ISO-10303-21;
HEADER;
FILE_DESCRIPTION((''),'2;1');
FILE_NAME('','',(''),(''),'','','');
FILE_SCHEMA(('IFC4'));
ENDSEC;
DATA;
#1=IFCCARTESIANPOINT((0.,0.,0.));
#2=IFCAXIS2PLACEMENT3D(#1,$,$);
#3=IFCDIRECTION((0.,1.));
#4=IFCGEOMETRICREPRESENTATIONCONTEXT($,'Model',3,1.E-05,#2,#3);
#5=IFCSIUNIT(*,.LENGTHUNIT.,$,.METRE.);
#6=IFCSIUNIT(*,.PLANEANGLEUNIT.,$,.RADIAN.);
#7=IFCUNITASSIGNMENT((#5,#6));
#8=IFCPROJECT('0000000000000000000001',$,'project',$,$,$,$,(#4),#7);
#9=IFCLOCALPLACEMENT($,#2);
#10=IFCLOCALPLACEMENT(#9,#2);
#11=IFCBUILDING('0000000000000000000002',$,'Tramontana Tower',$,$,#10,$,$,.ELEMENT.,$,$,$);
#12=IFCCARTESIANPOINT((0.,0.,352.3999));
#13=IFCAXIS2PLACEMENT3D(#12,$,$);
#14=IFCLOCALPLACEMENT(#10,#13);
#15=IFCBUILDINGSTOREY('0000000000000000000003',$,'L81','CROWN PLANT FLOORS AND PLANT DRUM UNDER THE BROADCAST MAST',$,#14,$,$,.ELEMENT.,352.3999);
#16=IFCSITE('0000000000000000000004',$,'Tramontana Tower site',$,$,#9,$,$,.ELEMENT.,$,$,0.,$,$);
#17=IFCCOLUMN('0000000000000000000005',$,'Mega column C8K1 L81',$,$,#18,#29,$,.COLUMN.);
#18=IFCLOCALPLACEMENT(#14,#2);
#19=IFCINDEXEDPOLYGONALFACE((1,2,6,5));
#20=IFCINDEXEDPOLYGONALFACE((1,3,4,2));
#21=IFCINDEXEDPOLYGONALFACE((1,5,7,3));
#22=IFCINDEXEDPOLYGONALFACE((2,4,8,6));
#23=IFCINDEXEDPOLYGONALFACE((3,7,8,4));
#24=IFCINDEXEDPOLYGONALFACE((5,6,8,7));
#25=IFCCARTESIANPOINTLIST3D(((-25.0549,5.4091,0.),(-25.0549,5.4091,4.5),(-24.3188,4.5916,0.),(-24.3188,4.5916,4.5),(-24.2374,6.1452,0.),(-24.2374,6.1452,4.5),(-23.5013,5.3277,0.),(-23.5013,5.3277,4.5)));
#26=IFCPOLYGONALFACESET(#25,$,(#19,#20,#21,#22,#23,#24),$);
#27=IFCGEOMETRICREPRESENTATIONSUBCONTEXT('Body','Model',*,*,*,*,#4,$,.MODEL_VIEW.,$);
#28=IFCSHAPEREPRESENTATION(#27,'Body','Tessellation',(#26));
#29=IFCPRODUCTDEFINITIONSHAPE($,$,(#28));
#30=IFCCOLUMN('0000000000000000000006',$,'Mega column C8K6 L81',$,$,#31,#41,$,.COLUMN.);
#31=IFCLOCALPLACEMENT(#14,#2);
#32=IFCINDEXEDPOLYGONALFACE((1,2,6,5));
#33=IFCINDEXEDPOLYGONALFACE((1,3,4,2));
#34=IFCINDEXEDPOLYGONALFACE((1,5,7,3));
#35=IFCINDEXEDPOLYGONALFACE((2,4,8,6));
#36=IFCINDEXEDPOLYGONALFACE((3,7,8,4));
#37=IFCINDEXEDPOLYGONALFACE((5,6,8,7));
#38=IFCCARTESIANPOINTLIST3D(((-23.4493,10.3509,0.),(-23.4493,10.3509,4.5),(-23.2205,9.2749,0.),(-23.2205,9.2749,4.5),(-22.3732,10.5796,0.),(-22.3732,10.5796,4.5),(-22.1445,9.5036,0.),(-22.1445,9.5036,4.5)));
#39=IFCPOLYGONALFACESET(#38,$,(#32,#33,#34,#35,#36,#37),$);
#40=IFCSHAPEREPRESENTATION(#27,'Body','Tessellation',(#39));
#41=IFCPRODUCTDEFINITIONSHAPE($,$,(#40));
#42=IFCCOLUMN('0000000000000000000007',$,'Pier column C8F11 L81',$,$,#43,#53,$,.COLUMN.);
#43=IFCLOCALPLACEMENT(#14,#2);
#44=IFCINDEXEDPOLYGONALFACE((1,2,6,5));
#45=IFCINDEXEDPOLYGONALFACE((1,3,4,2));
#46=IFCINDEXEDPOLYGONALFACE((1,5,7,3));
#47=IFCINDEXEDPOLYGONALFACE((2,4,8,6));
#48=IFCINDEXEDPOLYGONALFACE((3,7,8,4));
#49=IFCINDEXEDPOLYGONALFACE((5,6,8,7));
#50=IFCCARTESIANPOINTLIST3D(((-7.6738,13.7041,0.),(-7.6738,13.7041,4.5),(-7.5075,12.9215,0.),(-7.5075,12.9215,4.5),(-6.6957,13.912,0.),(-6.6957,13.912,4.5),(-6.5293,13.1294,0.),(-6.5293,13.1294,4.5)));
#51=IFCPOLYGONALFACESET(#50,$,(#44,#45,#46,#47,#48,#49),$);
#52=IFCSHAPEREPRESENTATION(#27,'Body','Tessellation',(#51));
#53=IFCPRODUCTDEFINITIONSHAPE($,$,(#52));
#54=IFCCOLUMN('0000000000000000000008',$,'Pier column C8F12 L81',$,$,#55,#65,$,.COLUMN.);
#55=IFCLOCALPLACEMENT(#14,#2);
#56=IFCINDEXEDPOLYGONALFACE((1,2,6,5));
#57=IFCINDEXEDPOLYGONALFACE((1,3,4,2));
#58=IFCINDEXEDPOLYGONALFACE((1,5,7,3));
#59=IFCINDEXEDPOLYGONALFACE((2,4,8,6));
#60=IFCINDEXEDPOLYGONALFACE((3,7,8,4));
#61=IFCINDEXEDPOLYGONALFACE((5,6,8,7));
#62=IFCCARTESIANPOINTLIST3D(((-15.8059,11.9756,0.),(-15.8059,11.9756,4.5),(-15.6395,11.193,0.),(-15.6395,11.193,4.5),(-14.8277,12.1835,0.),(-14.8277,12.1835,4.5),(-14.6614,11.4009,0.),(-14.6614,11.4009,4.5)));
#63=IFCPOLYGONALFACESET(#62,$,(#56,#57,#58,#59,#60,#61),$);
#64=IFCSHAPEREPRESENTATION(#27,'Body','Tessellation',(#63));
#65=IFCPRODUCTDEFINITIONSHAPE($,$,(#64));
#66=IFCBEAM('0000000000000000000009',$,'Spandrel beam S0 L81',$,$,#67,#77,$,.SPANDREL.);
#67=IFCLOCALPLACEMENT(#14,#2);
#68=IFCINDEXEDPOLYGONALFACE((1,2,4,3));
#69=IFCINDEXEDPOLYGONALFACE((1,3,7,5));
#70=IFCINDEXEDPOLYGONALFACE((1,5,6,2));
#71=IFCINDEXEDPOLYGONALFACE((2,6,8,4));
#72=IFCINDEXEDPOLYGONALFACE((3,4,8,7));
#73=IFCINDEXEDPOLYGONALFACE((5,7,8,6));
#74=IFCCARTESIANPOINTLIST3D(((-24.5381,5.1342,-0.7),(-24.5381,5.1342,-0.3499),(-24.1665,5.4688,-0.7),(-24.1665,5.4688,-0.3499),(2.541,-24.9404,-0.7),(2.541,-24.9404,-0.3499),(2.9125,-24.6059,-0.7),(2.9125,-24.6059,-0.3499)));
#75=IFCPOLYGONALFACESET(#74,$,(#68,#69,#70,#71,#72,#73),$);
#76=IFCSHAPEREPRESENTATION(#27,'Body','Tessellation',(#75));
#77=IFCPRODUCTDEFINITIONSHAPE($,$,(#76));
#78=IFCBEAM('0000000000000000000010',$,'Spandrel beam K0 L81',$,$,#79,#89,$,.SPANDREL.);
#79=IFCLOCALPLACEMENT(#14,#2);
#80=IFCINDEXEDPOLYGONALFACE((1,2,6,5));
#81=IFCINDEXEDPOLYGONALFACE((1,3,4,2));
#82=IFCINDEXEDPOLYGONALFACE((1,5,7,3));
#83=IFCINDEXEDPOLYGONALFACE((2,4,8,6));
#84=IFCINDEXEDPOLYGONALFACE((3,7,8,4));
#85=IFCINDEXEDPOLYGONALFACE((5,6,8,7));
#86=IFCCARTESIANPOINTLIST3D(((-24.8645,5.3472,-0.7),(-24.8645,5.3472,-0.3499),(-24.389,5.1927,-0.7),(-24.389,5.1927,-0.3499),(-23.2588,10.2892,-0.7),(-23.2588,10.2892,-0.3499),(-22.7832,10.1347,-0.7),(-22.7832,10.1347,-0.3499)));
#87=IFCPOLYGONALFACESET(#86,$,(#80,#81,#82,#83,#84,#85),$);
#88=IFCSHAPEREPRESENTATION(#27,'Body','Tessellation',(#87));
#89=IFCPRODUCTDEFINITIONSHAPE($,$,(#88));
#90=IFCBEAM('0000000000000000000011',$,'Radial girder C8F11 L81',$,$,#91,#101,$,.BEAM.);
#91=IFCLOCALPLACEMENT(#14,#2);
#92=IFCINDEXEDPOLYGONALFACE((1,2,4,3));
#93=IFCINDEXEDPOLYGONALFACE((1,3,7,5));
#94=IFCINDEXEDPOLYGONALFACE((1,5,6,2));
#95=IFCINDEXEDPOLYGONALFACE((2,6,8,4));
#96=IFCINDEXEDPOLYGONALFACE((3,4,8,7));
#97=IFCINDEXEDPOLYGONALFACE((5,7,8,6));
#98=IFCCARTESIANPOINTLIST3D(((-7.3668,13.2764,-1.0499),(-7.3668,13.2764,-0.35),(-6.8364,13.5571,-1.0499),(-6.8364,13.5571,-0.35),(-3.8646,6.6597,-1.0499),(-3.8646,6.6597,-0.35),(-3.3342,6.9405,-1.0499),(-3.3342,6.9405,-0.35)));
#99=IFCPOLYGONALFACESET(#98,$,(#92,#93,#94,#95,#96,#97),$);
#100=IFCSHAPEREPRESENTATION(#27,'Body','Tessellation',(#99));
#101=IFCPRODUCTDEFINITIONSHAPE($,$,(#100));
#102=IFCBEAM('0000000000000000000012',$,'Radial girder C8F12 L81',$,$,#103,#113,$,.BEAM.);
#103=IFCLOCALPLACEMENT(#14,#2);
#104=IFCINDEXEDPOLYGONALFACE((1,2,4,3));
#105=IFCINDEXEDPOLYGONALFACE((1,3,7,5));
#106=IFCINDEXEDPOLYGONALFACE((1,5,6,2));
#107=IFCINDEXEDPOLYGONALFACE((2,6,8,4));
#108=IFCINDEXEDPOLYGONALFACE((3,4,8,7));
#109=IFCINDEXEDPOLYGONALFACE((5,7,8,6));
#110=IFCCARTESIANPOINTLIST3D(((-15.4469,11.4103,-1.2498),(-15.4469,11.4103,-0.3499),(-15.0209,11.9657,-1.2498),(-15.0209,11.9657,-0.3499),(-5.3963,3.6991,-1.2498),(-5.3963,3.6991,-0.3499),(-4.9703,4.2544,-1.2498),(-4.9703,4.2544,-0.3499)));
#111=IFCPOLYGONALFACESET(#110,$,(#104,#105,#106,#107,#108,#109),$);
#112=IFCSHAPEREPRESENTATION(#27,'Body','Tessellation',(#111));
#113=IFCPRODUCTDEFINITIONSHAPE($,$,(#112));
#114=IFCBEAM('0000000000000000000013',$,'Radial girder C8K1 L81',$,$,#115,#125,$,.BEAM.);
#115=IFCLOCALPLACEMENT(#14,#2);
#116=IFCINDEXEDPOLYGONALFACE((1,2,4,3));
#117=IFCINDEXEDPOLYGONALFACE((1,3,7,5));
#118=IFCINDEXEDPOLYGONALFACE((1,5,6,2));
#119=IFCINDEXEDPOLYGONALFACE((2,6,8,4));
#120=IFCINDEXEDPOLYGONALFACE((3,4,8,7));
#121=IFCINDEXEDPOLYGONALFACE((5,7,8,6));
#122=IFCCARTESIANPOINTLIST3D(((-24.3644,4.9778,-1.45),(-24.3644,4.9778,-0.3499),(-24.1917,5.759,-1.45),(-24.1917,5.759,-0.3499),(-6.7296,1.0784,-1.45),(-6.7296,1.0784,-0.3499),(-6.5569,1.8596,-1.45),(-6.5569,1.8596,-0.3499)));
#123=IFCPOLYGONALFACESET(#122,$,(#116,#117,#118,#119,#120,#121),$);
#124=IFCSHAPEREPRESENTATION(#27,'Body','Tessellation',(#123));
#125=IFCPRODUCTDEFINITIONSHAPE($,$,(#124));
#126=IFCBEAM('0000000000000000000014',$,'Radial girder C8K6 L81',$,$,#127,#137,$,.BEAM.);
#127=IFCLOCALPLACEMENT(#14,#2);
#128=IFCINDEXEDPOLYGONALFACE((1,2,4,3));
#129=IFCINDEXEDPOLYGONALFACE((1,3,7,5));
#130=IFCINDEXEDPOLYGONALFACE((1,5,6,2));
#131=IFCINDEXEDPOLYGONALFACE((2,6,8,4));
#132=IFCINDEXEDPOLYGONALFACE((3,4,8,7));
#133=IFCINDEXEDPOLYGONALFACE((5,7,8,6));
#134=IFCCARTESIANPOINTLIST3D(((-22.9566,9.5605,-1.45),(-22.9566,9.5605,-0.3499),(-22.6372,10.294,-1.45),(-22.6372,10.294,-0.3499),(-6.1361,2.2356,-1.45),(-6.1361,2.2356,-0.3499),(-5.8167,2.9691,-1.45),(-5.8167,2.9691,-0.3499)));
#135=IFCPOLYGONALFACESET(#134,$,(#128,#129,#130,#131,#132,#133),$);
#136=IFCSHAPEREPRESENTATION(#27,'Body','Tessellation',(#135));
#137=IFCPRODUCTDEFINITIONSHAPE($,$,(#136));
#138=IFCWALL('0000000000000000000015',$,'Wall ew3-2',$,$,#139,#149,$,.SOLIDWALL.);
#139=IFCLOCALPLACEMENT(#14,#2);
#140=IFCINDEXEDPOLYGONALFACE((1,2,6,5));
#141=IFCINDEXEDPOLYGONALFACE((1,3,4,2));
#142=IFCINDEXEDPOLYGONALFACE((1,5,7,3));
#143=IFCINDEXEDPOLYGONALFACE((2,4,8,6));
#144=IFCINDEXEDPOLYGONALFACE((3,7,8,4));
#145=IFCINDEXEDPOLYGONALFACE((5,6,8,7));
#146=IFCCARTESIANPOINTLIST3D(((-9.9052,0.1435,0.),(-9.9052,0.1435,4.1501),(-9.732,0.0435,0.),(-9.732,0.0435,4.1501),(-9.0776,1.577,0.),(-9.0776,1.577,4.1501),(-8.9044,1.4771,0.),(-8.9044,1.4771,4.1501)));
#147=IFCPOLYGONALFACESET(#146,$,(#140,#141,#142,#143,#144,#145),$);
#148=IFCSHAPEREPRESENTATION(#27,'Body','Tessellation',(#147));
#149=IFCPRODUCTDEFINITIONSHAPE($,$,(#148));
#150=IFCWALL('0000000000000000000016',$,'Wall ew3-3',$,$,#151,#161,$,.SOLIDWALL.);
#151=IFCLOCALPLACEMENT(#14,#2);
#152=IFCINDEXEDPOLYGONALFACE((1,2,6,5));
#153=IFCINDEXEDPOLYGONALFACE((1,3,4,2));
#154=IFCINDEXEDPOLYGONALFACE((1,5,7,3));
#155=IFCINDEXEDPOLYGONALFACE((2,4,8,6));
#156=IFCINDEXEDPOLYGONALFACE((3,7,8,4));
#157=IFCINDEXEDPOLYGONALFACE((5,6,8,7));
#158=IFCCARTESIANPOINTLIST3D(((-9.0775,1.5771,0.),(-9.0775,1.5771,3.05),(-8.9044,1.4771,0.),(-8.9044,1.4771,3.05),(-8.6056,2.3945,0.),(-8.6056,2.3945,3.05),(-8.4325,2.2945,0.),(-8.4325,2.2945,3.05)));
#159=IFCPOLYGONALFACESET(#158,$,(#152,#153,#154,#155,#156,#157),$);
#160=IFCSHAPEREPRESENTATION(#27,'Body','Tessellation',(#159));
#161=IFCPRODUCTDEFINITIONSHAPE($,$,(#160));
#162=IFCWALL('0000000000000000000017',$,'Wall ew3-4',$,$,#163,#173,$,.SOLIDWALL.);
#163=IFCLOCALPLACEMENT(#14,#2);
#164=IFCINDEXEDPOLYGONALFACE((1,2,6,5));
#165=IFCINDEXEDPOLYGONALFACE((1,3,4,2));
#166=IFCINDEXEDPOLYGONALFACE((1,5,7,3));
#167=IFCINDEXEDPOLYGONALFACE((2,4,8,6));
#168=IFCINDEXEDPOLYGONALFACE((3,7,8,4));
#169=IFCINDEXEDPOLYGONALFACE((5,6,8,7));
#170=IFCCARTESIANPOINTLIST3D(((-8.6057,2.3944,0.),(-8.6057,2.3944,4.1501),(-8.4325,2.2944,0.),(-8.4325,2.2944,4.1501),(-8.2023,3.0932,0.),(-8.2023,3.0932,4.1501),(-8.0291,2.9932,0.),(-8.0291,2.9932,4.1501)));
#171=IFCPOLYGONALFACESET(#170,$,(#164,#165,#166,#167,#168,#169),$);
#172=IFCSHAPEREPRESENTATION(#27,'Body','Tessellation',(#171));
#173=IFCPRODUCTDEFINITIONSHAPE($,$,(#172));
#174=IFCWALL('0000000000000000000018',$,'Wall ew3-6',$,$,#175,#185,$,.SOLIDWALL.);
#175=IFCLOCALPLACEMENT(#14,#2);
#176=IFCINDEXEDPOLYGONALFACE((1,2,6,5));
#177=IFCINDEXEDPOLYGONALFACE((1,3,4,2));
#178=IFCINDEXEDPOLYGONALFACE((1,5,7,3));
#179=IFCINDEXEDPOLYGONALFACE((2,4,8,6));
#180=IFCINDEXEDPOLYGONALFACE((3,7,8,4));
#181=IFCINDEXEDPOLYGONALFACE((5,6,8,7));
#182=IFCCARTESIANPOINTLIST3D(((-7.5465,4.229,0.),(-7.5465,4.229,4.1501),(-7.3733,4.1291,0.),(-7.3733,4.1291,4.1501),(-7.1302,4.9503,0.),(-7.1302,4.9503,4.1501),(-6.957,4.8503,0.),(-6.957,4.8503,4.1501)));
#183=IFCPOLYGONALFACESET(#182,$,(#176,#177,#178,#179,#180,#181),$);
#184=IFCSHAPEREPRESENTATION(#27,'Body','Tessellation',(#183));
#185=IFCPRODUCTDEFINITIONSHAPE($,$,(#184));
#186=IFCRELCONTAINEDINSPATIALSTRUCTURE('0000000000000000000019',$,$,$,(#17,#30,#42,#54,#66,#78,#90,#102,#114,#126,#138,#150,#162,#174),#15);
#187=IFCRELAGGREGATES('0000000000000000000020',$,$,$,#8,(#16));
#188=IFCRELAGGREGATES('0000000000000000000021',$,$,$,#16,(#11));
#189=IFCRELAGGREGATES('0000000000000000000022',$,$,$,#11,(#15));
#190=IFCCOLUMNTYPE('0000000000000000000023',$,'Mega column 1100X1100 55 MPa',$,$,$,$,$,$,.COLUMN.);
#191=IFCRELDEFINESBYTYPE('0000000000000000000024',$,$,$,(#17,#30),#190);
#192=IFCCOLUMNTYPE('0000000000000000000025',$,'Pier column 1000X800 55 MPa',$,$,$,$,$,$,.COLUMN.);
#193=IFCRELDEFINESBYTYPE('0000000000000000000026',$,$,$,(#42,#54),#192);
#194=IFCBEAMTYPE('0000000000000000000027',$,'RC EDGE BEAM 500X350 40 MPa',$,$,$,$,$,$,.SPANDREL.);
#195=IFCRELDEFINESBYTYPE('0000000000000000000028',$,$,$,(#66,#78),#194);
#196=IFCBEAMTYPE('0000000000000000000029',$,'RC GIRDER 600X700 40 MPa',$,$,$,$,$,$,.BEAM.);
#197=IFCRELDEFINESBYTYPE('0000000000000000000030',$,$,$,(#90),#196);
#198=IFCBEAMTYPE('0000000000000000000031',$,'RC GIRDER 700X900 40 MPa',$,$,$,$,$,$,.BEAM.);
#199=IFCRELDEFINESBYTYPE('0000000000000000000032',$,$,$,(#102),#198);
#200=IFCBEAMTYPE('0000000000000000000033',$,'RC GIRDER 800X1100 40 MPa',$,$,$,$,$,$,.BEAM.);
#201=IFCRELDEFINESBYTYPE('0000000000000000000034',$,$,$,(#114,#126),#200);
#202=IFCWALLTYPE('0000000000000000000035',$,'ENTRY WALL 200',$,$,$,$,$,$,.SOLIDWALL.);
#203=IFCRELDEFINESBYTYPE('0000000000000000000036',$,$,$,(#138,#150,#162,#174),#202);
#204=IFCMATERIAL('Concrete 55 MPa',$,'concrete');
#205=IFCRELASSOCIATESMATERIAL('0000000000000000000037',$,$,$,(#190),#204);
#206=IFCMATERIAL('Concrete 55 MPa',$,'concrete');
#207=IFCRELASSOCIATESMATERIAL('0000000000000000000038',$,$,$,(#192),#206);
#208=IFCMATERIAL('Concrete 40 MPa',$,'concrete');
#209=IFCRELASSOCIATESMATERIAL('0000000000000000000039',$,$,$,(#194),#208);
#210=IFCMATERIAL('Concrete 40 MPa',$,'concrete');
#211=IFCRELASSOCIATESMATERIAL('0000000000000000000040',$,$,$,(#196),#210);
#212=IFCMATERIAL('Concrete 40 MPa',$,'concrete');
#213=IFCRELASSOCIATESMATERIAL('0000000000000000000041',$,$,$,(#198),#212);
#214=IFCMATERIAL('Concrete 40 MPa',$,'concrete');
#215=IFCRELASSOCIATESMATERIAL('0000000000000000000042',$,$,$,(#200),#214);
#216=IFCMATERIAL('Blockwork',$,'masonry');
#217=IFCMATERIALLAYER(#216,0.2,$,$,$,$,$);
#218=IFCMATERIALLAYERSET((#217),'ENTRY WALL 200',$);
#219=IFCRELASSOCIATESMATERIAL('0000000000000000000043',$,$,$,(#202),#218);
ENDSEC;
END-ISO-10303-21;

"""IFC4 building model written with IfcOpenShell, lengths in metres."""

from ifc_helpers import new_model, si_unit, direction, frame, frame_2d, origin, origin_2d, place, context, subcontext, project, spatial, rectangle, extrude, material, layer, layer_set, material_profile, profile_set, type_object, element, save


model = new_model("IFC4")

# Units and contexts
model_context = context("Model", 3, precision=1e-05, world=origin(), true_north=direction((0.0, 1.0)))
body_context = subcontext(model_context, "Body", "Model", "MODEL_VIEW")
ifc_project = project(units=[si_unit("LENGTHUNIT", "METRE"), si_unit("PLANEANGLEUNIT", "RADIAN")], contexts=[model_context])

# Site, building, storey
site_placement = place(None, origin())
site = spatial("IfcSite", under=ifc_project, at=site_placement, Name="Tramontana Tower site", CompositionType="ELEMENT", RefElevation=0.0)
building_placement = place(site_placement, origin())
building = spatial("IfcBuilding", under=site, at=building_placement, Name="Tramontana Tower", CompositionType="ELEMENT")
storey_placement = place(building_placement, frame((0.0, 0.0, 352.3999)))
storey = spatial("IfcBuildingStorey", under=building, at=storey_placement, Name="L81", Description="CROWN PLANT FLOORS AND PLANT DRUM UNDER THE BROADCAST MAST", CompositionType="ELEMENT", Elevation=352.3999)

# Columns
ifc_material_1 = material(Name="Concrete 55 MPa", Category="concrete")
ifc_material_profile_1 = material_profile(ifc_material_1, rectangle(XDim=1.1001, YDim=1.1001, at=origin_2d()), Name="Mega column 1100X1100 55 MPa")
ifc_profile_set_1 = profile_set([ifc_material_profile_1], Name="Concrete 55 MPa")
column_type_1 = type_object("IfcColumnType", Name="Mega column 1100X1100 55 MPa", PredefinedType="COLUMN", material=ifc_profile_set_1)
for number, where, z_axis, x_axis, name in (
    (1, (-24.2781, 5.3684, 0.0), (0.0, 0.0, 1.0), (0.669131, -0.743145, 0.0), "Mega column C8K1 L81"),
    (2, (-22.7969, 9.9272, 0.0), (0.0, 0.0, 1.0), (-0.978148, -0.207912, 0.0), "Mega column C8K6 L81"),
):
    element("IfcColumn", number, at=place(storey_placement, frame(where, z_axis=z_axis, x_axis=x_axis)), inside=storey, type_object=column_type_1, Name=name, PredefinedType="COLUMN", context=body_context, shape_type="SweptSolid", body=[
        extrude(rectangle(XDim=1.1001, YDim=1.1001, at=origin_2d()), origin(), (0.0, 0.0, 1.0), 4.5),
    ])
ifc_material_2 = material(Name="Concrete 55 MPa", Category="concrete")
ifc_material_profile_2 = material_profile(ifc_material_2, rectangle(XDim=1.0, YDim=0.8, at=origin_2d()), Name="Pier column 1000X800 55 MPa")
ifc_profile_set_2 = profile_set([ifc_material_profile_2], Name="Concrete 55 MPa")
column_type_2 = type_object("IfcColumnType", Name="Pier column 1000X800 55 MPa", PredefinedType="COLUMN", material=ifc_profile_set_2)
for number, where, z_axis, x_axis, name in (
    (3, (-7.1016, 13.4167, 0.0), (0.0, 0.0, 1.0), (-0.978148, -0.207912, 0.0), "Pier column C8F11 L81"),
    (4, (-15.2336, 11.6882, 0.0), (0.0, 0.0, 1.0), (-0.978148, -0.207912, 0.0), "Pier column C8F12 L81"),
):
    element("IfcColumn", number, at=place(storey_placement, frame(where, z_axis=z_axis, x_axis=x_axis)), inside=storey, type_object=column_type_2, Name=name, PredefinedType="COLUMN", context=body_context, shape_type="SweptSolid", body=[
        extrude(rectangle(XDim=1.0, YDim=0.8, at=origin_2d()), origin(), (0.0, 0.0, 1.0), 4.5),
    ])

# Beams
ifc_material_3 = material(Name="Concrete 40 MPa", Category="concrete")
ifc_material_profile_3 = material_profile(ifc_material_3, rectangle(XDim=0.5, YDim=0.3501, at=origin_2d()), Name="RC EDGE BEAM 500X350 40 MPa")
ifc_profile_set_3 = profile_set([ifc_material_profile_3], Name="Concrete 40 MPa")
beam_type_1 = type_object("IfcBeamType", Name="RC EDGE BEAM 500X350 40 MPa", PredefinedType="SPANDREL", material=ifc_profile_set_3)
beam_1_placement = place(storey_placement, frame((-24.3523, 5.3015, -0.5249), z_axis=(0.669127, -0.743148, 0.0), x_axis=(0.743148, 0.669127, 0.0)))
element("IfcBeam", 5, at=beam_1_placement, inside=storey, type_object=beam_type_1, Name="Spandrel beam S0 L81", PredefinedType="SPANDREL", context=body_context, shape_type="SweptSolid", body=[
    extrude(rectangle(XDim=0.5, YDim=0.3501, at=origin_2d()), origin(), (0.0, 0.0, 1.0), 40.4692),
])
beam_2_placement = place(storey_placement, frame((-23.021, 10.2119, -0.5249), z_axis=(-0.309016, -0.951057, 0.0), x_axis=(0.951057, -0.309016, 0.0)))
element("IfcBeam", 6, at=beam_2_placement, inside=storey, type_object=beam_type_1, Name="Spandrel beam K0 L81", PredefinedType="SPANDREL", context=body_context, shape_type="SweptSolid", body=[
    extrude(rectangle(XDim=0.5, YDim=0.3501, at=origin_2d()), origin(), (0.0, 0.0, 1.0), 5.1963),
])
ifc_material_4 = material(Name="Concrete 40 MPa", Category="concrete")
ifc_material_profile_4 = material_profile(ifc_material_4, rectangle(XDim=0.6001, YDim=0.7, at=origin_2d()), Name="RC GIRDER 600X700 40 MPa")
ifc_profile_set_4 = profile_set([ifc_material_profile_4], Name="Concrete 40 MPa")
beam_type_2 = type_object("IfcBeamType", Name="RC GIRDER 600X700 40 MPa", PredefinedType="BEAM", material=ifc_profile_set_4)
beam_3_placement = place(storey_placement, frame((-7.1016, 13.4167, -0.7), z_axis=(0.467808, -0.88383, 0.0), x_axis=(0.88383, 0.467808, 0.0)))
element("IfcBeam", 7, at=beam_3_placement, inside=storey, type_object=beam_type_2, Name="Radial girder C8F11 L81", PredefinedType="BEAM", context=body_context, shape_type="SweptSolid", body=[
    extrude(rectangle(XDim=0.6001, YDim=0.7, at=origin_2d()), origin(), (0.0, 0.0, 1.0), 7.4863),
])
ifc_material_5 = material(Name="Concrete 40 MPa", Category="concrete")
ifc_material_profile_5 = material_profile(ifc_material_5, rectangle(XDim=0.7, YDim=0.8999, at=origin_2d()), Name="RC GIRDER 700X900 40 MPa")
ifc_profile_set_5 = profile_set([ifc_material_profile_5], Name="Concrete 40 MPa")
beam_type_3 = type_object("IfcBeamType", Name="RC GIRDER 700X900 40 MPa", PredefinedType="BEAM", material=ifc_profile_set_5)
beam_4_placement = place(storey_placement, frame((-15.2339, 11.688, -0.7998), z_axis=(0.793386, -0.608718, 0.0), x_axis=(0.608718, 0.793386, 0.0)))
element("IfcBeam", 8, at=beam_4_placement, inside=storey, type_object=beam_type_3, Name="Radial girder C8F12 L81", PredefinedType="BEAM", context=body_context, shape_type="SweptSolid", body=[
    extrude(rectangle(XDim=0.7, YDim=0.8999, at=origin_2d()), origin(), (0.0, 0.0, 1.0), 12.668),
])
ifc_material_6 = material(Name="Concrete 40 MPa", Category="concrete")
ifc_material_profile_6 = material_profile(ifc_material_6, rectangle(XDim=0.8, YDim=1.1001, at=origin_2d()), Name="RC GIRDER 800X1100 40 MPa")
ifc_profile_set_6 = profile_set([ifc_material_profile_6], Name="Concrete 40 MPa")
beam_type_4 = type_object("IfcBeamType", Name="RC GIRDER 800X1100 40 MPa", PredefinedType="BEAM", material=ifc_profile_set_6)
beam_5_placement = place(storey_placement, frame((-24.2781, 5.3684, -0.8999), z_axis=(0.976414, -0.215906, 0.0), x_axis=(0.215906, 0.976414, 0.0)))
element("IfcBeam", 9, at=beam_5_placement, inside=storey, type_object=beam_type_4, Name="Radial girder C8K1 L81", PredefinedType="BEAM", context=body_context, shape_type="SweptSolid", body=[
    extrude(rectangle(XDim=0.8, YDim=1.1001, at=origin_2d()), origin(), (0.0, 0.0, 1.0), 18.0608),
])
beam_6_placement = place(storey_placement, frame((-22.7969, 9.9272, -0.8999), z_axis=(0.916837, -0.399261, 0.0), x_axis=(0.399261, 0.916837, 0.0)))
element("IfcBeam", 10, at=beam_6_placement, inside=storey, type_object=beam_type_4, Name="Radial girder C8K6 L81", PredefinedType="BEAM", context=body_context, shape_type="SweptSolid", body=[
    extrude(rectangle(XDim=0.8, YDim=1.1001, at=origin_2d()), origin(), (0.0, 0.0, 1.0), 18.3462),
])

# Walls
ifc_material_7 = material(Name="Blockwork", Category="masonry")
ifc_layer_1 = layer(ifc_material_7, 0.2)
ifc_layer_set_1 = layer_set([ifc_layer_1], Name="ENTRY WALL 200")
wall_type_1 = type_object("IfcWallType", Name="ENTRY WALL 200", PredefinedType="SOLIDWALL", material=ifc_layer_set_1)
wall_1_placement = place(storey_placement, frame((-9.8186, 0.0935, 0.0), z_axis=(0.0, 0.0, 1.0), x_axis=(0.499978, 0.866038, 0.0)))
element("IfcWall", 11, at=wall_1_placement, inside=storey, type_object=wall_type_1, Name="Wall ew3-2", PredefinedType="SOLIDWALL", context=body_context, shape_type="SweptSolid", body=[
    extrude(rectangle(XDim=1.6553, YDim=0.2, at=frame_2d((0.8276, 0.0))), origin(), (0.0, 0.0, 1.0), 4.1501),
])
wall_2_placement = place(storey_placement, frame((-8.991, 1.5271, 0.0), z_axis=(0.0, 0.0, 1.0), x_axis=(0.500006, 0.866022, 0.0)))
element("IfcWall", 12, at=wall_2_placement, inside=storey, type_object=wall_type_1, Name="Wall ew3-3", PredefinedType="SOLIDWALL", context=body_context, shape_type="SweptSolid", body=[
    extrude(rectangle(XDim=0.9438, YDim=0.2, at=frame_2d((0.4719, 0.0))), origin(), (0.0, 0.0, 1.0), 3.05),
])
wall_3_placement = place(storey_placement, frame((-8.519, 2.3445, 0.0), z_axis=(0.0, 0.0, 1.0), x_axis=(0.499915, 0.866075, 0.0)))
element("IfcWall", 13, at=wall_3_placement, inside=storey, type_object=wall_type_1, Name="Wall ew3-4", PredefinedType="SOLIDWALL", context=body_context, shape_type="SweptSolid", body=[
    extrude(rectangle(XDim=0.8069, YDim=0.2, at=frame_2d((0.4033, 0.0))), origin(), (0.0, 0.0, 1.0), 4.1501),
])

# Wall
wall_4_placement = place(storey_placement, frame((-7.46, 4.179, 0.0), z_axis=(0.0, 0.0, 1.0), x_axis=(0.499892, 0.866088, 0.0)))
element("IfcWall", 14, at=wall_4_placement, inside=storey, type_object=wall_type_1, Name="Wall ew3-6", PredefinedType="SOLIDWALL", context=body_context, shape_type="SweptSolid", body=[
    extrude(rectangle(XDim=0.8328, YDim=0.2, at=frame_2d((0.4165, 0.0))), origin(), (0.0, 0.0, 1.0), 4.1501),
])

save(model, "model.ifc")
